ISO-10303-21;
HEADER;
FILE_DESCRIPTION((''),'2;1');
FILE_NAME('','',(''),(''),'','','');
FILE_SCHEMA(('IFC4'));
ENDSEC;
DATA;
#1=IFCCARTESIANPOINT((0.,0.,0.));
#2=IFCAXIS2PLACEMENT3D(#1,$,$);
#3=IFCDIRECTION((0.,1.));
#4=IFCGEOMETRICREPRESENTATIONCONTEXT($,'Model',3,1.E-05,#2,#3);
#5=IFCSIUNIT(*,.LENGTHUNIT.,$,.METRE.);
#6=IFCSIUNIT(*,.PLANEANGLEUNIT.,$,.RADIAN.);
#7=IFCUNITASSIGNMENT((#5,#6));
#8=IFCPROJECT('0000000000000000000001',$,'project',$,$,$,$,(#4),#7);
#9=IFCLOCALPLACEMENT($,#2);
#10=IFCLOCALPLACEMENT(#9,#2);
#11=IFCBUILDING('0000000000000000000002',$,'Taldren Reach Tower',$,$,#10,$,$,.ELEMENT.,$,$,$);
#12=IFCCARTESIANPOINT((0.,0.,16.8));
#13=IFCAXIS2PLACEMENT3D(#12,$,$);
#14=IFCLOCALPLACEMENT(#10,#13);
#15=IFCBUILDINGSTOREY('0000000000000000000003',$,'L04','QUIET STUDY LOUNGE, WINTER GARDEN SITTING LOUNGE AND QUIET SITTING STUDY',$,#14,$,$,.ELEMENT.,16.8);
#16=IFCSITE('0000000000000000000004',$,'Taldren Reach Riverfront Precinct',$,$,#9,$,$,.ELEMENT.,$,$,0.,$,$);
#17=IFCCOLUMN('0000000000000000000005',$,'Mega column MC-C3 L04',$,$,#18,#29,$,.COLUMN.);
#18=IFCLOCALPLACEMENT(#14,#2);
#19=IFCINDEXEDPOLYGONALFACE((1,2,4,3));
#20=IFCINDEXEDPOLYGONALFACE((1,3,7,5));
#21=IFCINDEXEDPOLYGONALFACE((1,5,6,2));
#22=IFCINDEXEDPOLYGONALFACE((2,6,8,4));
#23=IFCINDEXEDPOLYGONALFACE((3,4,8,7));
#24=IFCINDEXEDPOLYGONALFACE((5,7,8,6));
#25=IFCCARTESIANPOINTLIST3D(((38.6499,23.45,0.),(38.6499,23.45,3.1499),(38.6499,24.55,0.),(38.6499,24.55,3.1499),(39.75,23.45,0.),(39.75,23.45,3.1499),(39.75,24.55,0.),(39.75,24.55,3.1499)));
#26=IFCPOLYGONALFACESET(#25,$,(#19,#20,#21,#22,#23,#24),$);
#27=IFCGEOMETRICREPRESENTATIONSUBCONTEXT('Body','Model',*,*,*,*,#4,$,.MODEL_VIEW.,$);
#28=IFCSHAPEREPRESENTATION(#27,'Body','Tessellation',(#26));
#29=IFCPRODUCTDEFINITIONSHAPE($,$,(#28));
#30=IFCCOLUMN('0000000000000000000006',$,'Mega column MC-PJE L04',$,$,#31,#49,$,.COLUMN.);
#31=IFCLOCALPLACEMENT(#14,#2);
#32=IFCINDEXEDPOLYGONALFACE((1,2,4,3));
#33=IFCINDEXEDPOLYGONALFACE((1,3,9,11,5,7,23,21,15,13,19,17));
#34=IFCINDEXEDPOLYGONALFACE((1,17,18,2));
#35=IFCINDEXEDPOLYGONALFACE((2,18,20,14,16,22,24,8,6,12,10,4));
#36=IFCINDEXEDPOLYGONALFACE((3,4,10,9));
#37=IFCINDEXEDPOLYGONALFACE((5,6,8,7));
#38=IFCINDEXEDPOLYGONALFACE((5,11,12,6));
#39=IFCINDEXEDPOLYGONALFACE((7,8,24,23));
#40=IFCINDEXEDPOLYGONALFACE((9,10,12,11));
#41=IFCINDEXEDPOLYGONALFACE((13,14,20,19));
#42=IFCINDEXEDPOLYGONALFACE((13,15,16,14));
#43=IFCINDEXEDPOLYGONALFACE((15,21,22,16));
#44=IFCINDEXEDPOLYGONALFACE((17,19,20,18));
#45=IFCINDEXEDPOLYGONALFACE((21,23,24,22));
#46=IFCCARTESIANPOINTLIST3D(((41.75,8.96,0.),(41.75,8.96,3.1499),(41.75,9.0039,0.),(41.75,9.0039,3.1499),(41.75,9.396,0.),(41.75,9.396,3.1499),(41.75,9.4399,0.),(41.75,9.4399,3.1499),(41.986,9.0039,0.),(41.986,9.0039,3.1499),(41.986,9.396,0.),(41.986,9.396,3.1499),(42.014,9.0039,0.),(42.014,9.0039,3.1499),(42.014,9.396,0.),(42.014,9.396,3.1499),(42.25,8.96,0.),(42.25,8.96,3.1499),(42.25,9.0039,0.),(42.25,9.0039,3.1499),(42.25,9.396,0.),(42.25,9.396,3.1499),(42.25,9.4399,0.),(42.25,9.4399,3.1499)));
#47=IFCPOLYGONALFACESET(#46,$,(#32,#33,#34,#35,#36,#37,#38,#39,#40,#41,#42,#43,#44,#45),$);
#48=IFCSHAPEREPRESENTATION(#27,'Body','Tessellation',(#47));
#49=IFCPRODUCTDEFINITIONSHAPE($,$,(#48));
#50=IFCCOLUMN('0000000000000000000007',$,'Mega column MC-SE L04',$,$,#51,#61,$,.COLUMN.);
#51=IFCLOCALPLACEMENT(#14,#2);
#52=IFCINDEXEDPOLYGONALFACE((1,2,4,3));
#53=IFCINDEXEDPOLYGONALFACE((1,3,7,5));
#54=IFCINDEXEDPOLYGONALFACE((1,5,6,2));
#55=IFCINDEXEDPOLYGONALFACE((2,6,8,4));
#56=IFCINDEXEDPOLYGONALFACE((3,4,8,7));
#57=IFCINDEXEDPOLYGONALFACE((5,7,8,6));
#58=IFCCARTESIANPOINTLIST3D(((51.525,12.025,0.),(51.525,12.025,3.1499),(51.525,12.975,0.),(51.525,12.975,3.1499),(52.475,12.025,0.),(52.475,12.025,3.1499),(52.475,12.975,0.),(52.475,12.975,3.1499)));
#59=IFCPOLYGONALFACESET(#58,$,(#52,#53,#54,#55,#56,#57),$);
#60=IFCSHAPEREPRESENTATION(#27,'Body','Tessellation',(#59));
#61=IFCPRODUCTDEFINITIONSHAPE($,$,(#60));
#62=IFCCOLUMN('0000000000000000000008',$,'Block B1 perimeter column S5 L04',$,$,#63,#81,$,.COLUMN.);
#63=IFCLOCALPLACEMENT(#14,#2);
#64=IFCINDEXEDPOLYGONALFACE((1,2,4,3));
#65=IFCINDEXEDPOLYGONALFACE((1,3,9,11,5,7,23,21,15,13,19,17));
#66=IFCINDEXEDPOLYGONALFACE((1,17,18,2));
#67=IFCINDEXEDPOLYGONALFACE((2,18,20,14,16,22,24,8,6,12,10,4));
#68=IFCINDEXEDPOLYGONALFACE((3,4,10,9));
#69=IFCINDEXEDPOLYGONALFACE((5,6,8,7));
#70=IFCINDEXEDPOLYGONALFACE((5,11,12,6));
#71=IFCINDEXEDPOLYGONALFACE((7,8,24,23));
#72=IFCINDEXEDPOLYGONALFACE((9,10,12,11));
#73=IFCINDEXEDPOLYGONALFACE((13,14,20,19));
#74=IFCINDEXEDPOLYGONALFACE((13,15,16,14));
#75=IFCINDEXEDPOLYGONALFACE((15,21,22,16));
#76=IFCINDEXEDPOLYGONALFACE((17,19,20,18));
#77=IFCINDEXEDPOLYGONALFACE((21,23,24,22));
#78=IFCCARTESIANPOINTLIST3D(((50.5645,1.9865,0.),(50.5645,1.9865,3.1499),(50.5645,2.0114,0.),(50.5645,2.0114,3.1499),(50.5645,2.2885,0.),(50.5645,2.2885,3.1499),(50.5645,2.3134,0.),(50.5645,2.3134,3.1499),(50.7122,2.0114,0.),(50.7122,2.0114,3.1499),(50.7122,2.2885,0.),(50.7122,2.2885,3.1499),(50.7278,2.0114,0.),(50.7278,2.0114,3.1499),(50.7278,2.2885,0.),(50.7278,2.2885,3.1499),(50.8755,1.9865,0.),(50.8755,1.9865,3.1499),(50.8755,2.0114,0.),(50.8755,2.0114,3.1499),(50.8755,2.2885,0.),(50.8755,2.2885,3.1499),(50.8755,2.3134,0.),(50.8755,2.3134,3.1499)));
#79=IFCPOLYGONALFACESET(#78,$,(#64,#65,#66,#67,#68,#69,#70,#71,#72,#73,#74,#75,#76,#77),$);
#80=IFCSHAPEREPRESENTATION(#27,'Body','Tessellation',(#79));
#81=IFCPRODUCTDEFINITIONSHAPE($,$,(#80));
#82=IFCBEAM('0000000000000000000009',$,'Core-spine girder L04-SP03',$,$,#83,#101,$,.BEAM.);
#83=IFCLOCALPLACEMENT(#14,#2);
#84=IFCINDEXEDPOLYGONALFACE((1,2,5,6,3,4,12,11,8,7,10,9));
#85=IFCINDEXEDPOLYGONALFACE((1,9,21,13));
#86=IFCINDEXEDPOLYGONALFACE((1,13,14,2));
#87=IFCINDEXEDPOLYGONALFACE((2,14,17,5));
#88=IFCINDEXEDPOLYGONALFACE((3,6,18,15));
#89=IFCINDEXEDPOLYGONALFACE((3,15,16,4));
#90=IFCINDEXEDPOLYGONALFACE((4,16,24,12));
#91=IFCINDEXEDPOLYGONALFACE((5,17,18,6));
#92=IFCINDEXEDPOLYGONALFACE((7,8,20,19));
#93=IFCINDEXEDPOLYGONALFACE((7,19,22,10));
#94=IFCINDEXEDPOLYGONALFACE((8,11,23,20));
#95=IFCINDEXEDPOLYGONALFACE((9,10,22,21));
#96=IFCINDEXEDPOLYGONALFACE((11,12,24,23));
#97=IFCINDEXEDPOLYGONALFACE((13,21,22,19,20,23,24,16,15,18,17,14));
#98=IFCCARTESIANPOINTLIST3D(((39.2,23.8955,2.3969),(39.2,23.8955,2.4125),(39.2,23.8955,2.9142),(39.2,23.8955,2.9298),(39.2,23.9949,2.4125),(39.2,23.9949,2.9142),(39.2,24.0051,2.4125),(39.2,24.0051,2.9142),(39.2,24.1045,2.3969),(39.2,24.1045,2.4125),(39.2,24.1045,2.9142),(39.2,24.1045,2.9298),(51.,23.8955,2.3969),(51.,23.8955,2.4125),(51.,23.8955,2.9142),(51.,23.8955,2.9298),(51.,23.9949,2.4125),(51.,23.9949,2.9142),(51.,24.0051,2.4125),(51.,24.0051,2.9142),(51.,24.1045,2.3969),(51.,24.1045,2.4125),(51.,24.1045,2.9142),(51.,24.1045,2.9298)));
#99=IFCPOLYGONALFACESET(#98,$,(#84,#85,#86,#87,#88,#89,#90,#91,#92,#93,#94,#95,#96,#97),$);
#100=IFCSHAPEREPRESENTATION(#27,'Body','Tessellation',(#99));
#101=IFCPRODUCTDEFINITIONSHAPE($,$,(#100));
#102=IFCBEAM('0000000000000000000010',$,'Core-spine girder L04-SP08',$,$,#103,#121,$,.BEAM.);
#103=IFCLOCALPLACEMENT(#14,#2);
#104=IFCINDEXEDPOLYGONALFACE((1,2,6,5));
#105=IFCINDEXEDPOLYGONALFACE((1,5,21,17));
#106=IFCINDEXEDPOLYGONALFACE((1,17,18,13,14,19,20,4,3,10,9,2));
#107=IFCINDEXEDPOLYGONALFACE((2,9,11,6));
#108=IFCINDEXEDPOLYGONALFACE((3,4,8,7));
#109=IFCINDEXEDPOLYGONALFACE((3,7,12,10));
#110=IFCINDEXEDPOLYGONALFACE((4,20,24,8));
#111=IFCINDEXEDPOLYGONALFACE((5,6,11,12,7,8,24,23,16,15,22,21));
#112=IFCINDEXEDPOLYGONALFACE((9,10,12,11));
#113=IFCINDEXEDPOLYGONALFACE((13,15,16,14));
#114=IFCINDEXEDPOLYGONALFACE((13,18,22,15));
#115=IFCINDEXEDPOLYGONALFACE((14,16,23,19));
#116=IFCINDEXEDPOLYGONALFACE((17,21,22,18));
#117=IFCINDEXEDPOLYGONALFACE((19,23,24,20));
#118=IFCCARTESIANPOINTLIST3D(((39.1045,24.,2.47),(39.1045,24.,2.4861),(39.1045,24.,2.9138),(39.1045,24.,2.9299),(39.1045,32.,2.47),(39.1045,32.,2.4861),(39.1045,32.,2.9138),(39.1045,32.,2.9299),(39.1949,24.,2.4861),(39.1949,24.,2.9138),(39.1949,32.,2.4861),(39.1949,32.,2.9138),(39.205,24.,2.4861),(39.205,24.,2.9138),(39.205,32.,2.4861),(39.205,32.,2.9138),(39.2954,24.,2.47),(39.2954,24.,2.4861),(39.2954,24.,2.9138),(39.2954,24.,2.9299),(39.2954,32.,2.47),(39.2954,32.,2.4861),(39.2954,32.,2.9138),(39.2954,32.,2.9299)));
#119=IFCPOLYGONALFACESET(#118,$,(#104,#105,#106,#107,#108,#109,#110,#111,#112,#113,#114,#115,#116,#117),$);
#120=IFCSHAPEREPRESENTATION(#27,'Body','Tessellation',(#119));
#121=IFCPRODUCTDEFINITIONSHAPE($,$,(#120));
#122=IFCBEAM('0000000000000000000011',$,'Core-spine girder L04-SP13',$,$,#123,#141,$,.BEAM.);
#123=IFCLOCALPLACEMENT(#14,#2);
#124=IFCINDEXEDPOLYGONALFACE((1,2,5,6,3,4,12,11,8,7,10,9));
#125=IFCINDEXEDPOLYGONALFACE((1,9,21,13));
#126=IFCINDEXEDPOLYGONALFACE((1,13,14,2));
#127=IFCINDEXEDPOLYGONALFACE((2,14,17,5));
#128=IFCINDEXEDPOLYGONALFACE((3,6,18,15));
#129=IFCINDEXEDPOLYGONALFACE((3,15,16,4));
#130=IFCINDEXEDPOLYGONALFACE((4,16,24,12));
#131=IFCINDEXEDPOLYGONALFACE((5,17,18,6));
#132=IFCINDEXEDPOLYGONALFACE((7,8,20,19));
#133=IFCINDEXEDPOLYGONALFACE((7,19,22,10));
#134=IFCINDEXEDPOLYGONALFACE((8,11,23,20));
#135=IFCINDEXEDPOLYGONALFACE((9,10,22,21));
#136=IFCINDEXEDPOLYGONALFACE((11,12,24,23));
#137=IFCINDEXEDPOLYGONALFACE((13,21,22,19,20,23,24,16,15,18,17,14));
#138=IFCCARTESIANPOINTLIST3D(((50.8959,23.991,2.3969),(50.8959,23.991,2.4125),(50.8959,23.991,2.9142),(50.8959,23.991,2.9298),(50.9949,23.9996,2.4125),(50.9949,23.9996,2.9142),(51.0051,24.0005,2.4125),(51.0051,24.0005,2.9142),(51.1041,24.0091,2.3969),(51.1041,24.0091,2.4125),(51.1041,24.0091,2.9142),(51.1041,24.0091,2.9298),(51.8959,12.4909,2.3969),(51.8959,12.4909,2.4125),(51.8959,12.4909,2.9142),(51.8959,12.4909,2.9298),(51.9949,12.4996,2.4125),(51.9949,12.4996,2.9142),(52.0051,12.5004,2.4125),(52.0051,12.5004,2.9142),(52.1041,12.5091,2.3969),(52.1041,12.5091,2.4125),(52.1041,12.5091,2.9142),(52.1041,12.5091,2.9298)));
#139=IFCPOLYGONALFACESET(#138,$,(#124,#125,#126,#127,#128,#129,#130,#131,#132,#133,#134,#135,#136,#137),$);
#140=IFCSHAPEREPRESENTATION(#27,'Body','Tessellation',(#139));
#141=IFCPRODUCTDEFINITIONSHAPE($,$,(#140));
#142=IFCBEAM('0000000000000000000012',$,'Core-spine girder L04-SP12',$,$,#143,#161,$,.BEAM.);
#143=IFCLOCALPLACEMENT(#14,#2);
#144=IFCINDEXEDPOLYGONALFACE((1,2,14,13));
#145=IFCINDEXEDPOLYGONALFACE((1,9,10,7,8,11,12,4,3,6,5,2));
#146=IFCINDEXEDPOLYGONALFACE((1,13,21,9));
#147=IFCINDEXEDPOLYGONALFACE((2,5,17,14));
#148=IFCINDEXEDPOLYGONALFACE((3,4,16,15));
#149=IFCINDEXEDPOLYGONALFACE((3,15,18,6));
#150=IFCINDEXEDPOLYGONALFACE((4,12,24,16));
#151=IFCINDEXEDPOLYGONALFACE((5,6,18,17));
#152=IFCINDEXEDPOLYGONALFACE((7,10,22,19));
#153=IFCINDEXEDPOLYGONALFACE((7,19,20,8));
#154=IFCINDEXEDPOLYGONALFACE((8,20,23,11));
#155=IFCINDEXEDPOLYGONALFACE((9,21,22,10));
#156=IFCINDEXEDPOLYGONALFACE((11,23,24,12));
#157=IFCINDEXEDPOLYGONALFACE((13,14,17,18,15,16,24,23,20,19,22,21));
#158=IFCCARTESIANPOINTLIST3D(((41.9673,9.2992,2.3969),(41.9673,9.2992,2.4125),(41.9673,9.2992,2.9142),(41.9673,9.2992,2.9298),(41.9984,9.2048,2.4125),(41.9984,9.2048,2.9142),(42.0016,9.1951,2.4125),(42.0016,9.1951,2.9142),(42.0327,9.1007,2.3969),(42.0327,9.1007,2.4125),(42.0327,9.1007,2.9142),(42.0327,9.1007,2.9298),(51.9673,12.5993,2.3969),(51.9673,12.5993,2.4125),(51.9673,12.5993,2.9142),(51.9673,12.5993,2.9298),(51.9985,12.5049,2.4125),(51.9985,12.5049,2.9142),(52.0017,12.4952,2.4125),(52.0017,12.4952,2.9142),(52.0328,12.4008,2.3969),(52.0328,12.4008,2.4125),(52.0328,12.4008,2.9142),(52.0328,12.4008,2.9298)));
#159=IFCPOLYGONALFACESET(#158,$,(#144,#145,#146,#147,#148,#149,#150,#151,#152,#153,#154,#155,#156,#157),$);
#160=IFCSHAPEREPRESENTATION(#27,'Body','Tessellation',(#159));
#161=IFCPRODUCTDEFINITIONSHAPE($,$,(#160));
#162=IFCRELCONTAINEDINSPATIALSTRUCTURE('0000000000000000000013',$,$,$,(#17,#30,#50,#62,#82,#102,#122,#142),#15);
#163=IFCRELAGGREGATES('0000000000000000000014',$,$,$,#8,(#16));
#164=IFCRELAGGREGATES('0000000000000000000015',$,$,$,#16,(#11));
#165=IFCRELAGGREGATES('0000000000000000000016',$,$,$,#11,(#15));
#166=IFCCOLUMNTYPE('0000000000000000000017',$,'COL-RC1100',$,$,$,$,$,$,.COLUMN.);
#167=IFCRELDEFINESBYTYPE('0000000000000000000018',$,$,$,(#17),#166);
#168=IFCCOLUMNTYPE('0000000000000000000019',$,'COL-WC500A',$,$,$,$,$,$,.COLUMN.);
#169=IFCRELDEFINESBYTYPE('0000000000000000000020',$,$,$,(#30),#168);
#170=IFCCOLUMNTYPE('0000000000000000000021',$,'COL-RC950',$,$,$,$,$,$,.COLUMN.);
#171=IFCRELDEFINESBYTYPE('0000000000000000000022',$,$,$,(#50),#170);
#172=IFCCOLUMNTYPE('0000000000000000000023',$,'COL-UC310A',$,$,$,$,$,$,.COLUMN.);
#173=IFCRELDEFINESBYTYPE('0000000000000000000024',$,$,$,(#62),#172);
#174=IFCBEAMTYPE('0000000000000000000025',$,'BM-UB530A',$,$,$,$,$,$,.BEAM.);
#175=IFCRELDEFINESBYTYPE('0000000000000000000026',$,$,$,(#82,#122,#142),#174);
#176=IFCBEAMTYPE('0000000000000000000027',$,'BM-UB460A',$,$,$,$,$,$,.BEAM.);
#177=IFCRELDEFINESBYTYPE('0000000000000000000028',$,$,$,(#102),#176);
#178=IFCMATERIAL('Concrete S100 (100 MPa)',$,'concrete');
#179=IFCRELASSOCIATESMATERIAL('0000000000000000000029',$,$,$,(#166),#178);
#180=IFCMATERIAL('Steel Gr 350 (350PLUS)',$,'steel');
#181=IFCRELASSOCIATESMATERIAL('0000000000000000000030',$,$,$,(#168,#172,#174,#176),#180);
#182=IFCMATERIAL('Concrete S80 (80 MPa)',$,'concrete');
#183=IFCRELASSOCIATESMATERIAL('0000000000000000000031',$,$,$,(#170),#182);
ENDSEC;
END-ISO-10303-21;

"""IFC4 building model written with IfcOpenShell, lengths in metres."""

from ifc_helpers import new_model, si_unit, direction, frame, origin, origin_2d, place, context, subcontext, project, spatial, rectangle, i_section, extrude, source, transform, mapped, material, material_profile, profile_set, type_object, element, save


model = new_model("IFC4")

# Units and contexts
model_context = context("Model", 3, precision=1e-05, world=origin(), true_north=direction((0.0, 1.0)))
body_context = subcontext(model_context, "Body", "Model", "MODEL_VIEW")
ifc_project = project(units=[si_unit("LENGTHUNIT", "METRE"), si_unit("PLANEANGLEUNIT", "RADIAN")], contexts=[model_context])

# Site, building, storey
site_placement = place(None, origin())
site = spatial("IfcSite", under=ifc_project, at=site_placement, Name="Taldren Reach Riverfront Precinct", CompositionType="ELEMENT", RefElevation=0.0)
building_placement = place(site_placement, origin())
building = spatial("IfcBuilding", under=site, at=building_placement, Name="Taldren Reach Tower", CompositionType="ELEMENT")
storey_placement = place(building_placement, frame((0.0, 0.0, 16.8)))
storey = spatial("IfcBuildingStorey", under=building, at=storey_placement, Name="L04", Description="QUIET STUDY LOUNGE, WINTER GARDEN SITTING LOUNGE AND QUIET SITTING STUDY", CompositionType="ELEMENT", Elevation=16.8)

# Columns
ifc_material_1 = material(Name="Concrete S100 (100 MPa)", Category="concrete")
ifc_material_profile_1 = material_profile(ifc_material_1, rectangle(XDim=1.1001, YDim=1.1001, at=origin_2d()), Name="RC-1100x1100")
ifc_profile_set_1 = profile_set([ifc_material_profile_1], Name="Concrete S100 (100 MPa)")
column_type_1 = type_object("IfcColumnType", Name="COL-RC1100", PredefinedType="COLUMN", material=ifc_profile_set_1)
shared_shape_1 = source(origin(), body_context, "Body", "SweptSolid", [
    extrude(rectangle(XDim=1.1001, YDim=1.1001, at=origin_2d()), origin(), (0.0, 0.0, 1.0), 3.1499),
])
column_1_placement = place(storey_placement, frame((39.2, 24.0, 0.0), z_axis=(0.0, 0.0, 1.0), x_axis=(1.0, 0.0, 0.0)))
element("IfcColumn", 1, at=column_1_placement, inside=storey, type_object=column_type_1, Name="Mega column MC-C3 L04", PredefinedType="COLUMN", context=body_context, shape_type="MappedRepresentation", body=[
    mapped(shared_shape_1, transform((0.0, 0.0, 0.0), scale=1.0)),
])
ifc_material_2 = material(Name="Steel Gr 350 (350PLUS)", Category="steel")
ifc_material_profile_2 = material_profile(ifc_material_2, i_section(OverallWidth=0.5, OverallDepth=0.48, WebThickness=0.0281, FlangeThickness=0.0439, at=origin_2d()), Name="500WC440")
ifc_profile_set_2 = profile_set([ifc_material_profile_2], Name="Steel Gr 350 (350PLUS)")
column_type_2 = type_object("IfcColumnType", Name="COL-WC500A", PredefinedType="COLUMN", material=ifc_profile_set_2)
shared_shape_2 = source(origin(), body_context, "Body", "SweptSolid", [
    extrude(i_section(OverallWidth=0.5, OverallDepth=0.48, WebThickness=0.0281, FlangeThickness=0.0439, at=origin_2d()), origin(), (0.0, 0.0, 1.0), 3.1499),
])
column_2_placement = place(storey_placement, frame((42.0, 9.2, 0.0), z_axis=(0.0, 0.0, 1.0), x_axis=(1.0, 0.0, 0.0)))
element("IfcColumn", 2, at=column_2_placement, inside=storey, type_object=column_type_2, Name="Mega column MC-PJE L04", PredefinedType="COLUMN", context=body_context, shape_type="MappedRepresentation", body=[
    mapped(shared_shape_2, transform((0.0, 0.0, 0.0), scale=1.0)),
])
ifc_material_3 = material(Name="Concrete S80 (80 MPa)", Category="concrete")
ifc_material_profile_3 = material_profile(ifc_material_3, rectangle(XDim=0.95, YDim=0.95, at=origin_2d()), Name="RC-950x950")
ifc_profile_set_3 = profile_set([ifc_material_profile_3], Name="Concrete S80 (80 MPa)")
column_type_3 = type_object("IfcColumnType", Name="COL-RC950", PredefinedType="COLUMN", material=ifc_profile_set_3)
shared_shape_3 = source(origin(), body_context, "Body", "SweptSolid", [
    extrude(rectangle(XDim=0.95, YDim=0.95, at=origin_2d()), origin(), (0.0, 0.0, 1.0), 3.1499),
])
column_3_placement = place(storey_placement, frame((52.0, 12.5, 0.0), z_axis=(0.0, 0.0, 1.0), x_axis=(1.0, 0.0, 0.0)))
element("IfcColumn", 3, at=column_3_placement, inside=storey, type_object=column_type_3, Name="Mega column MC-SE L04", PredefinedType="COLUMN", context=body_context, shape_type="MappedRepresentation", body=[
    mapped(shared_shape_3, transform((0.0, 0.0, 0.0), scale=1.0)),
])
ifc_material_profile_4 = material_profile(ifc_material_2, i_section(OverallWidth=0.311, OverallDepth=0.3269, WebThickness=0.0156, FlangeThickness=0.0249, at=origin_2d()), Name="310UC158")
ifc_profile_set_4 = profile_set([ifc_material_profile_4], Name="Steel Gr 350 (350PLUS)")
column_type_4 = type_object("IfcColumnType", Name="COL-UC310A", PredefinedType="COLUMN", material=ifc_profile_set_4)
shared_shape_4 = source(origin(), body_context, "Body", "SweptSolid", [
    extrude(i_section(OverallWidth=0.311, OverallDepth=0.3269, WebThickness=0.0156, FlangeThickness=0.0249, at=origin_2d()), origin(), (0.0, 0.0, 1.0), 3.1499),
])
column_4_placement = place(storey_placement, frame((50.72, 2.1499, 0.0), z_axis=(0.0, 0.0, 1.0), x_axis=(1.0, 0.0, 0.0)))
element("IfcColumn", 4, at=column_4_placement, inside=storey, type_object=column_type_4, Name="Block B1 perimeter column S5 L04", PredefinedType="COLUMN", context=body_context, shape_type="MappedRepresentation", body=[
    mapped(shared_shape_4, transform((0.0, 0.0, 0.0), scale=1.0)),
])

# Beams
ifc_material_profile_5 = material_profile(ifc_material_2, i_section(OverallWidth=0.209, OverallDepth=0.533, WebThickness=0.0103, FlangeThickness=0.0156, at=origin_2d()), Name="530UB92.4")
ifc_profile_set_5 = profile_set([ifc_material_profile_5], Name="Steel Gr 350 (350PLUS)")
beam_type_1 = type_object("IfcBeamType", Name="BM-UB530A", PredefinedType="BEAM", material=ifc_profile_set_5)
shared_shape_5 = source(origin(), body_context, "Body", "SweptSolid", [
    extrude(i_section(OverallWidth=0.209, OverallDepth=0.533, WebThickness=0.0103, FlangeThickness=0.0156, at=origin_2d()), origin(), (0.0, 0.0, 1.0), 11.8),
])
beam_1_placement = place(storey_placement, frame((39.2, 24.0, 2.6633), z_axis=(1.0, 0.0, 0.0), x_axis=(0.0, 1.0, 0.0)))
element("IfcBeam", 5, at=beam_1_placement, inside=storey, type_object=beam_type_1, Name="Core-spine girder L04-SP03", PredefinedType="BEAM", context=body_context, shape_type="MappedRepresentation", body=[
    mapped(shared_shape_5, transform((0.0, 0.0, 0.0), scale=1.0)),
])
ifc_material_profile_6 = material_profile(ifc_material_2, i_section(OverallWidth=0.1909, OverallDepth=0.46, WebThickness=0.01, FlangeThickness=0.0161, at=origin_2d()), Name="460UB82.1")
ifc_profile_set_6 = profile_set([ifc_material_profile_6], Name="Steel Gr 350 (350PLUS)")
beam_type_2 = type_object("IfcBeamType", Name="BM-UB460A", PredefinedType="BEAM", material=ifc_profile_set_6)
shared_shape_6 = source(origin(), body_context, "Body", "SweptSolid", [
    extrude(i_section(OverallWidth=0.1909, OverallDepth=0.46, WebThickness=0.01, FlangeThickness=0.0161, at=origin_2d()), origin(), (0.0, 0.0, 1.0), 8.0),
])
beam_2_placement = place(storey_placement, frame((39.2, 24.0, 2.7), z_axis=(0.0, 1.0, 0.0), x_axis=(-1.0, 0.0, 0.0)))
element("IfcBeam", 6, at=beam_2_placement, inside=storey, type_object=beam_type_2, Name="Core-spine girder L04-SP08", PredefinedType="BEAM", context=body_context, shape_type="MappedRepresentation", body=[
    mapped(shared_shape_6, transform((0.0, 0.0, 0.0), scale=1.0)),
])
shared_shape_7 = source(origin(), body_context, "Body", "SweptSolid", [
    extrude(i_section(OverallWidth=0.209, OverallDepth=0.533, WebThickness=0.0103, FlangeThickness=0.0156, at=origin_2d()), origin(), (0.0, 0.0, 1.0), 11.5435),
])
beam_3_placement = place(storey_placement, frame((52.0, 12.5, 2.6633), z_axis=(-0.08663, 0.996241, 0.0), x_axis=(-0.996241, -0.08663, 0.0)))
element("IfcBeam", 7, at=beam_3_placement, inside=storey, type_object=beam_type_1, Name="Core-spine girder L04-SP13", PredefinedType="BEAM", context=body_context, shape_type="MappedRepresentation", body=[
    mapped(shared_shape_7, transform((0.0, 0.0, 0.0), scale=1.0)),
])
shared_shape_8 = source(origin(), body_context, "Body", "SweptSolid", [
    extrude(i_section(OverallWidth=0.209, OverallDepth=0.533, WebThickness=0.0103, FlangeThickness=0.0156, at=origin_2d()), origin(), (0.0, 0.0, 1.0), 10.5305),
])
beam_4_placement = place(storey_placement, frame((42.0, 9.2, 2.6633), z_axis=(0.949627, 0.313382, 0.0), x_axis=(-0.313382, 0.949627, 0.0)))
element("IfcBeam", 8, at=beam_4_placement, inside=storey, type_object=beam_type_1, Name="Core-spine girder L04-SP12", PredefinedType="BEAM", context=body_context, shape_type="MappedRepresentation", body=[
    mapped(shared_shape_8, transform((0.0, 0.0, 0.0), scale=1.0)),
])

save(model, "model.ifc")
